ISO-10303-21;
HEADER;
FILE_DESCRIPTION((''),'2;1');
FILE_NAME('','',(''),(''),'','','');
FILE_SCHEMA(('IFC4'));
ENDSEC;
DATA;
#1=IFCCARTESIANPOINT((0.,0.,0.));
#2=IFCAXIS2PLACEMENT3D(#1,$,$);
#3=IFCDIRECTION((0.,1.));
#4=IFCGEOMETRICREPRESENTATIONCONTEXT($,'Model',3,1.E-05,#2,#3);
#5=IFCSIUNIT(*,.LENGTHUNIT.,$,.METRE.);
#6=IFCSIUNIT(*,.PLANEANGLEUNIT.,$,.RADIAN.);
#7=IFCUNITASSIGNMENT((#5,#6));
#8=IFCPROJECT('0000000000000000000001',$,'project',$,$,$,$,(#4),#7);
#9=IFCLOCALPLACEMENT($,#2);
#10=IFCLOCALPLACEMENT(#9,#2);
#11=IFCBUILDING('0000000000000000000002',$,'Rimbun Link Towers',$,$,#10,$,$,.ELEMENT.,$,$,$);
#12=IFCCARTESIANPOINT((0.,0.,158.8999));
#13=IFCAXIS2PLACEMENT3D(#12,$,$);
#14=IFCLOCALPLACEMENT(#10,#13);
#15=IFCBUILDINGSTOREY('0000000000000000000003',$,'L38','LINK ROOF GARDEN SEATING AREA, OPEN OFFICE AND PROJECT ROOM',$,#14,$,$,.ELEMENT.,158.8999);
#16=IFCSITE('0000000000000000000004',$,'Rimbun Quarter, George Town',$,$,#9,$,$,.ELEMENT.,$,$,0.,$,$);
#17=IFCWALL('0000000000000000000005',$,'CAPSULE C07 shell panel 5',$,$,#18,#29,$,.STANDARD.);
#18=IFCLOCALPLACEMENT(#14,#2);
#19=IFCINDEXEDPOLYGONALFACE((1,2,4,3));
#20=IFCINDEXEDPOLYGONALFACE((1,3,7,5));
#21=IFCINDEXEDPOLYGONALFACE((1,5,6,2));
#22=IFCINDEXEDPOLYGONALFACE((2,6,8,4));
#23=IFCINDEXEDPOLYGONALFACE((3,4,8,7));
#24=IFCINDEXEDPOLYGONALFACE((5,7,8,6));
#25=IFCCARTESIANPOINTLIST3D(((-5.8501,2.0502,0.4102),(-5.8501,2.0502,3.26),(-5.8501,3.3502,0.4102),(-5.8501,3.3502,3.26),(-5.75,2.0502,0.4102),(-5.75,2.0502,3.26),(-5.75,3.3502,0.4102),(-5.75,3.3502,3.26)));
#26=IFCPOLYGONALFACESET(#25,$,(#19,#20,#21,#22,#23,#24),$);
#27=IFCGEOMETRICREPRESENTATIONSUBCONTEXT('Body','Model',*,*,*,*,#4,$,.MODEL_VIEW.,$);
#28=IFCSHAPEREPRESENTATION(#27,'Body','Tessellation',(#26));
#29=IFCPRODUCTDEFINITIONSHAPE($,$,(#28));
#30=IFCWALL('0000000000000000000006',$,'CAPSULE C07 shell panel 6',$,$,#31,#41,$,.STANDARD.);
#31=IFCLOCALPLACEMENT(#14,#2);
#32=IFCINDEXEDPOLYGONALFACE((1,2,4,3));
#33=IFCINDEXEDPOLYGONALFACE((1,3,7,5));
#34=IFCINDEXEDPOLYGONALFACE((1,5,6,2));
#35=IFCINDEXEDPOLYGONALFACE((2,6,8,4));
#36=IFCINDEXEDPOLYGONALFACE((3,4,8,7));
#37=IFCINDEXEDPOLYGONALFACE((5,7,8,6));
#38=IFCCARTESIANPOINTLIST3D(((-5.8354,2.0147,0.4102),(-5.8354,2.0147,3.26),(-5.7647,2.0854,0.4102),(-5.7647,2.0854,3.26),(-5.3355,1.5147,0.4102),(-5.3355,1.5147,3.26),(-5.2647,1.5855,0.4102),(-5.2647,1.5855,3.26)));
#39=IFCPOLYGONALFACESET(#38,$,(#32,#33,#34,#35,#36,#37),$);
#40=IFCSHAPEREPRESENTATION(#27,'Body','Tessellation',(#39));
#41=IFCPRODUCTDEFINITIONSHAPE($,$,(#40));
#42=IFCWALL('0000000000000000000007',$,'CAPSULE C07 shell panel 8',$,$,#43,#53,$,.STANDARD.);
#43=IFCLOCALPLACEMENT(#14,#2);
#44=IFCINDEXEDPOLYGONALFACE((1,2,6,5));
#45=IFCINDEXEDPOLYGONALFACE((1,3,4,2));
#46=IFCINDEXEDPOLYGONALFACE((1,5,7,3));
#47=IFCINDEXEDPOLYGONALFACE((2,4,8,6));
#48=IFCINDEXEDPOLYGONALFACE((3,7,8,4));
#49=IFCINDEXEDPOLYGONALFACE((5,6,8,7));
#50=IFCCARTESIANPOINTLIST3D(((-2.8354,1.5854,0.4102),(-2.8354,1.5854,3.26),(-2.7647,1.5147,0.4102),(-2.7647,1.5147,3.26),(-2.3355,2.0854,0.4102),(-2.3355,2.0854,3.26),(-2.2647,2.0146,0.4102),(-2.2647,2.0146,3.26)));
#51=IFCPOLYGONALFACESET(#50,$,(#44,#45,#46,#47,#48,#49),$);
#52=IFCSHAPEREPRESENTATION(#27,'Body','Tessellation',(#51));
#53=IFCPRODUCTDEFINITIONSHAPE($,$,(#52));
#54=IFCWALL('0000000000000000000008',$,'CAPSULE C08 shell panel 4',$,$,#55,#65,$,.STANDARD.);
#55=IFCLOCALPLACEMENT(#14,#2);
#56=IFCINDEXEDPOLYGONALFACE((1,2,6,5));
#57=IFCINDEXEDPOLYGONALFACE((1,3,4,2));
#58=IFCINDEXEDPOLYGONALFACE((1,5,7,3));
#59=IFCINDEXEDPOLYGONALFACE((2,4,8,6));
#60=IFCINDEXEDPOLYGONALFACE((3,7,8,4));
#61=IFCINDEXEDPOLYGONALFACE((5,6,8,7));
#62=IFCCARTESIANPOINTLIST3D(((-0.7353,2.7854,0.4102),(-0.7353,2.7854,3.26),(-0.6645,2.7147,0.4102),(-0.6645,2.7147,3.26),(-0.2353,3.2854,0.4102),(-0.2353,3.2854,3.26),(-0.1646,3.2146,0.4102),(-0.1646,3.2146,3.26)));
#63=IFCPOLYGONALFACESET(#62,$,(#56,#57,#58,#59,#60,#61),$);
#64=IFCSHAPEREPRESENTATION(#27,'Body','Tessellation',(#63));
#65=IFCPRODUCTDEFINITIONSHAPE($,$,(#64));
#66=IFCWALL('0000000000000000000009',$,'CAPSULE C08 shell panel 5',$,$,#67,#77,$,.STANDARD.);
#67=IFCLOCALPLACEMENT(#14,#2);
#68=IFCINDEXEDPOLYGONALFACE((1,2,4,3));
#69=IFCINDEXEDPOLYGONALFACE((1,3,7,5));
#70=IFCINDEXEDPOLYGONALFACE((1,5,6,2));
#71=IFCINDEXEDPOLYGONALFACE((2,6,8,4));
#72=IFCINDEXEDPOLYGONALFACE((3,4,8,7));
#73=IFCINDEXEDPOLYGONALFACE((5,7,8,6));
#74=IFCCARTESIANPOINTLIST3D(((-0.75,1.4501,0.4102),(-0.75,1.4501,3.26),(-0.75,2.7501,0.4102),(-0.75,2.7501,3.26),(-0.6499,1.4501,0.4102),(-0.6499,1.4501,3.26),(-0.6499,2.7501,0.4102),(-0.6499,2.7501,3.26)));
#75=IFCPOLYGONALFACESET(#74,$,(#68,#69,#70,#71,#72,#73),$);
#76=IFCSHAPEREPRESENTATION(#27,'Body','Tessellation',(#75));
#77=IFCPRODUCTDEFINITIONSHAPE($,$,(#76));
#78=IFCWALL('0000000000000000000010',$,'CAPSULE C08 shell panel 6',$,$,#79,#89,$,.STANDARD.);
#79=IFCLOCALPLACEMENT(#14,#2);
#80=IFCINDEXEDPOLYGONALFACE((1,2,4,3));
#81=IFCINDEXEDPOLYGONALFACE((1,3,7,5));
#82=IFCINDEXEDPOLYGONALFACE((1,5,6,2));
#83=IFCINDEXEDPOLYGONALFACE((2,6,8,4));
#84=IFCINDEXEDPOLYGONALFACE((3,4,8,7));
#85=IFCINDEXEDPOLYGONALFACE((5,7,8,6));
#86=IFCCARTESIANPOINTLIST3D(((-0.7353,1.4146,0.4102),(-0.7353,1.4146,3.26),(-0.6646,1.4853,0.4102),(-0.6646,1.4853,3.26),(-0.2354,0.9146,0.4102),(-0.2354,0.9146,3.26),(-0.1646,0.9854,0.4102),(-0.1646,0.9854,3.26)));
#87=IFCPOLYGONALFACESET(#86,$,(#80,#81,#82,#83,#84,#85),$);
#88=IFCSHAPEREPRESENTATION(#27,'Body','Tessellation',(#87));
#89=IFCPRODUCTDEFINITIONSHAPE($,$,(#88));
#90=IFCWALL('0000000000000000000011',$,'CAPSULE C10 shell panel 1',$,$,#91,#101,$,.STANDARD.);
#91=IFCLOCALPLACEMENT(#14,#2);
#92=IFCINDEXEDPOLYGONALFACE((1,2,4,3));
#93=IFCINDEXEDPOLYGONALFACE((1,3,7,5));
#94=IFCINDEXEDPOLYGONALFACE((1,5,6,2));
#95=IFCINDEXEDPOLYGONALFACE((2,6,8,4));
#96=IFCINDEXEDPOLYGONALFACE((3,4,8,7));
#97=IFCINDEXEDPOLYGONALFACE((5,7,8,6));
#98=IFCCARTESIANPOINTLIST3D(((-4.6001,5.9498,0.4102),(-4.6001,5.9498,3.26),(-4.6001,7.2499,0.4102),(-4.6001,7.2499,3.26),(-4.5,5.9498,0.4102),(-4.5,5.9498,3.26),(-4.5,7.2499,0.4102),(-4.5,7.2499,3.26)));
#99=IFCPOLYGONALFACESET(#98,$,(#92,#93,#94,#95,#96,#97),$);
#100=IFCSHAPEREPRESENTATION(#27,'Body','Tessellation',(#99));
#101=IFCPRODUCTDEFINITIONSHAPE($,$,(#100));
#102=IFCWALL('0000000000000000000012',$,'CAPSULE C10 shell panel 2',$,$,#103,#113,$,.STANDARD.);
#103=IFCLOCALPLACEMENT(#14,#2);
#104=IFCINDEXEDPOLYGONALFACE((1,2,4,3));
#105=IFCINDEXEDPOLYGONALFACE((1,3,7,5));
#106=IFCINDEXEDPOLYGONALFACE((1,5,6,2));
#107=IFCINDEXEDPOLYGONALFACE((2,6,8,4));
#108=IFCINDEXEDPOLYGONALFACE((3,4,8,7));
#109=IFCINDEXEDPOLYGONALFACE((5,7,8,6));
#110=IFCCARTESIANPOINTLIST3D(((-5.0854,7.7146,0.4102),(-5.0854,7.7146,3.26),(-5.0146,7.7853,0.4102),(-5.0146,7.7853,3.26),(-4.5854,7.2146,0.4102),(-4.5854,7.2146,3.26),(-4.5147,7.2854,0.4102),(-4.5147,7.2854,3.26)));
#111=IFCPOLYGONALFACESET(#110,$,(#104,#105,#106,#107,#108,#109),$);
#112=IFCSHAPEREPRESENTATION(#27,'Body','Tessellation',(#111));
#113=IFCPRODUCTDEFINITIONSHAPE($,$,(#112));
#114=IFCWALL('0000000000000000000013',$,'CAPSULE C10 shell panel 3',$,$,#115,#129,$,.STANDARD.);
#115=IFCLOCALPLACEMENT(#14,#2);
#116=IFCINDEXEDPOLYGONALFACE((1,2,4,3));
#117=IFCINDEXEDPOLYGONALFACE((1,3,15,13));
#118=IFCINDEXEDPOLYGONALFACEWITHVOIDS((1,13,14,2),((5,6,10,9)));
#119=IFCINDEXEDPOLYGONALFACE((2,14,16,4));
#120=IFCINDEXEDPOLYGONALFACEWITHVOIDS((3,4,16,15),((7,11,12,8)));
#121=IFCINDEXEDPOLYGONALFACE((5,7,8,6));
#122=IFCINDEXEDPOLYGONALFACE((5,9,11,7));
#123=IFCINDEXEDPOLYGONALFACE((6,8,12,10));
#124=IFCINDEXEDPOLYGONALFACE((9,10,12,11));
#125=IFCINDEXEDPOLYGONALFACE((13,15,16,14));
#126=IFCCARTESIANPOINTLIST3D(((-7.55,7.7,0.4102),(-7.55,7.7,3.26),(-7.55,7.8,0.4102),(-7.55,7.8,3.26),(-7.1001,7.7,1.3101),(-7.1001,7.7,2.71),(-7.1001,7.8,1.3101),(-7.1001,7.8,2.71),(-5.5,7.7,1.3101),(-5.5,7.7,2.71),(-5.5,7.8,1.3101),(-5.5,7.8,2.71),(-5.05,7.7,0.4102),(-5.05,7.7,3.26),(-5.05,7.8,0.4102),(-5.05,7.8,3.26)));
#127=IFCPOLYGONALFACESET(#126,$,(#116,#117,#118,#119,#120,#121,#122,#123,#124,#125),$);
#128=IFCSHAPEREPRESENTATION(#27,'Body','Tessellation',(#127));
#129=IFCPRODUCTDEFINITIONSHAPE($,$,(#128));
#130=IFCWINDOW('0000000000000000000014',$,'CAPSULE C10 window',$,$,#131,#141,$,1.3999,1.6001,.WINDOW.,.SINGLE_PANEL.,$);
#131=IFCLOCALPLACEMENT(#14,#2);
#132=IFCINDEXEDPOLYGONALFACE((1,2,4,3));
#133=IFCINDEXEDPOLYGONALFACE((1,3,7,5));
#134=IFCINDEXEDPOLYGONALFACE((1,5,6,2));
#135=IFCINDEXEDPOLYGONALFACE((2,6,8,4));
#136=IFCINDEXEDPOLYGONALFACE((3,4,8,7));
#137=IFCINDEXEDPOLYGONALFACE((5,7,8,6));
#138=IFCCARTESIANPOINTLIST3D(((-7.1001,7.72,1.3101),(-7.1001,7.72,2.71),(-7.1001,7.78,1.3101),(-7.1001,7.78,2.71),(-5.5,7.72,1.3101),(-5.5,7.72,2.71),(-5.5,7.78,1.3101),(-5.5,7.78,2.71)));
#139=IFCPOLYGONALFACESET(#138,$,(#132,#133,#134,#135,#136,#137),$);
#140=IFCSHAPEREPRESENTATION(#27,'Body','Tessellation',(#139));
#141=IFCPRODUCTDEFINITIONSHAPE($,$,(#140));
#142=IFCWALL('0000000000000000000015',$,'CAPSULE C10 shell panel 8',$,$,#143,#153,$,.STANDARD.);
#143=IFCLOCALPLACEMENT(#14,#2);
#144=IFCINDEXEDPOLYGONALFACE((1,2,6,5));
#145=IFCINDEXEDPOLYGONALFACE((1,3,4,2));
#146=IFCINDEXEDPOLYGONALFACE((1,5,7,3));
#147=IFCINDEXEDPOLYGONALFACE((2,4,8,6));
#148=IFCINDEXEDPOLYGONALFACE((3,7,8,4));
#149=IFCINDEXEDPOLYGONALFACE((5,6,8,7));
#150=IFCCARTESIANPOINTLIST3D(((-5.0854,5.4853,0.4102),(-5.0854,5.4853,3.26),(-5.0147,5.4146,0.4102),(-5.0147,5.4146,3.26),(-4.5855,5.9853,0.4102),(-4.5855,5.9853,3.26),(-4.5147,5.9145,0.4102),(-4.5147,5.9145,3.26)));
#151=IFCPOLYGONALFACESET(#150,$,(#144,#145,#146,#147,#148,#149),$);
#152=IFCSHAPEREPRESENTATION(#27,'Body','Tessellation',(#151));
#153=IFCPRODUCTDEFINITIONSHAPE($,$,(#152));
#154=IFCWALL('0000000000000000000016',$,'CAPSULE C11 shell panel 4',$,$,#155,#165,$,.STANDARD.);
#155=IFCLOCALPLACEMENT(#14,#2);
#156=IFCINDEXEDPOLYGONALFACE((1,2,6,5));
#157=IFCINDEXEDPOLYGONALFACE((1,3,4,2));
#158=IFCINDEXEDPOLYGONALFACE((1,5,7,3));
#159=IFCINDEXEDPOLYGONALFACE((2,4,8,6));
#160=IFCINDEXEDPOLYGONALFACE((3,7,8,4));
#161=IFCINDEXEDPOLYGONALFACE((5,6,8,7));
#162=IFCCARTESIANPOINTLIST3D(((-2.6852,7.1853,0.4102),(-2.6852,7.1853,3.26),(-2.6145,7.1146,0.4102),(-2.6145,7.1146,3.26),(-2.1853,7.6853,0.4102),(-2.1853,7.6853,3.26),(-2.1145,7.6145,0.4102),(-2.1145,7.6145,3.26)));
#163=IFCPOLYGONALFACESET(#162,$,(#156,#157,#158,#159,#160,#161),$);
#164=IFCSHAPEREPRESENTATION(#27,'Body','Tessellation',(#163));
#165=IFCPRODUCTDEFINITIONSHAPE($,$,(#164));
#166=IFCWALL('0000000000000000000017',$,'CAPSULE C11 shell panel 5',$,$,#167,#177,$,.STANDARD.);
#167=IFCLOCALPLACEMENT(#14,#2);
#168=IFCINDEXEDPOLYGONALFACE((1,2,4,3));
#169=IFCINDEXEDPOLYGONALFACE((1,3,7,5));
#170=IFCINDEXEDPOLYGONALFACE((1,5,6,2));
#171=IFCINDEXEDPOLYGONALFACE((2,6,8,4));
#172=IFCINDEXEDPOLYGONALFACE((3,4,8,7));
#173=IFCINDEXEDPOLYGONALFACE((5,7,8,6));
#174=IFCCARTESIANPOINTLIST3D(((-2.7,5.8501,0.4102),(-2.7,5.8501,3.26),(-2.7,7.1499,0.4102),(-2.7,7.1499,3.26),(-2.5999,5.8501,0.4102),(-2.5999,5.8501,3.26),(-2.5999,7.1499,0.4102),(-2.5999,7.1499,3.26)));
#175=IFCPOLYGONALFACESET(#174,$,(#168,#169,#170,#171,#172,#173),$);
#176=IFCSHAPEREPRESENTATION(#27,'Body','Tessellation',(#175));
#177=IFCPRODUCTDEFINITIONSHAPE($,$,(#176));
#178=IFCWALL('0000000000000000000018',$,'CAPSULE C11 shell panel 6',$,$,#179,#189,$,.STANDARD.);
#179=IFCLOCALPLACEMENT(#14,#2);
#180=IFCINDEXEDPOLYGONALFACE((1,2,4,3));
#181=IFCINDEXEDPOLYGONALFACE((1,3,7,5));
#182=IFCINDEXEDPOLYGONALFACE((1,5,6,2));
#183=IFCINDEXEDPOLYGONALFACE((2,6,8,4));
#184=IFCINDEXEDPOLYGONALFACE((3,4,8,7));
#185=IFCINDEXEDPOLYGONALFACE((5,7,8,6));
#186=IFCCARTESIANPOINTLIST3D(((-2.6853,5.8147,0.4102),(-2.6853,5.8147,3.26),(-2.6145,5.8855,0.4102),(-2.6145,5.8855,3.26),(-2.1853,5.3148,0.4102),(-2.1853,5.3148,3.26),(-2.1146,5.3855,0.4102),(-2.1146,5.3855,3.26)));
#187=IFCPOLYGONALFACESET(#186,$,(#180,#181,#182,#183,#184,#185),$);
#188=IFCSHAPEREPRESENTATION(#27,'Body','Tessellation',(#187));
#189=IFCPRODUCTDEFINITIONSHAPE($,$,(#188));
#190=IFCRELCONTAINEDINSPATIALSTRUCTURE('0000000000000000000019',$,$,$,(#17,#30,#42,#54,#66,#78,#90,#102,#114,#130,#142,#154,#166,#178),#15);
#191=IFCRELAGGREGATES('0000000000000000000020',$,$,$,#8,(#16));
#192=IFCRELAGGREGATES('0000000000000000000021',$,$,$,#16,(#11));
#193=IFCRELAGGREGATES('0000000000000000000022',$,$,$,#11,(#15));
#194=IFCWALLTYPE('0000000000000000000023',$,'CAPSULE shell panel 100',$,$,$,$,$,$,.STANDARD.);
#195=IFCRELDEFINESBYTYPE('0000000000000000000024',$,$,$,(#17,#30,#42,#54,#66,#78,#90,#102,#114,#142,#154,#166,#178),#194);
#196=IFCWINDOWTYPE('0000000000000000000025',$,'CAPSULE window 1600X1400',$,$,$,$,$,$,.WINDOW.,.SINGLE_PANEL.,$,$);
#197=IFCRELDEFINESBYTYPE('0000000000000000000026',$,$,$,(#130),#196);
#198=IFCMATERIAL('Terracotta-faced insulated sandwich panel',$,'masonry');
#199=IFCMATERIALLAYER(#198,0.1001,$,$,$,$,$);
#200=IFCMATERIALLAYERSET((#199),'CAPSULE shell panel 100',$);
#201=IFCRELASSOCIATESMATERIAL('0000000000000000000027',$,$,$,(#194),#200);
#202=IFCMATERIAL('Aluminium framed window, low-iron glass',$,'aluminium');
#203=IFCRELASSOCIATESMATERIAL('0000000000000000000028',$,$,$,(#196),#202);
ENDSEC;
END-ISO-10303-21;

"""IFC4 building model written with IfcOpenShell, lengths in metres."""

from ifc_helpers import new_model, si_unit, direction, frame, frame_2d, origin, place, context, subcontext, project, spatial, rectangle, extrude, material, layer, layer_set, type_object, element, fill, save


model = new_model("IFC4")

# Units and contexts
model_context = context("Model", 3, precision=1e-05, world=origin(), true_north=direction((0.0, 1.0)))
body_context = subcontext(model_context, "Body", "Model", "MODEL_VIEW")
ifc_project = project(units=[si_unit("LENGTHUNIT", "METRE"), si_unit("PLANEANGLEUNIT", "RADIAN")], contexts=[model_context])

# Site, building, storey
site_placement = place(None, origin())
site = spatial("IfcSite", under=ifc_project, at=site_placement, Name="Rimbun Quarter, George Town", CompositionType="ELEMENT", RefElevation=0.0)
building_placement = place(site_placement, origin())
building = spatial("IfcBuilding", under=site, at=building_placement, Name="Rimbun Link Towers", CompositionType="ELEMENT")
storey_placement = place(building_placement, frame((0.0, 0.0, 158.8999)))
storey = spatial("IfcBuildingStorey", under=building, at=storey_placement, Name="L38", Description="LINK ROOF GARDEN SEATING AREA, OPEN OFFICE AND PROJECT ROOM", CompositionType="ELEMENT", Elevation=158.8999)

# Shared definitions
ifc_material_1 = material(Name="Terracotta-faced insulated sandwich panel", Category="masonry")
ifc_layer_1 = layer(ifc_material_1, 0.1001)
ifc_layer_set_1 = layer_set([ifc_layer_1], Name="CAPSULE shell panel 100")
wall_type_1 = type_object("IfcWallType", Name="CAPSULE shell panel 100", PredefinedType="STANDARD", material=ifc_layer_set_1)

# Shared definitions
ifc_material_2 = material(Name="Aluminium framed window, low-iron glass", Category="aluminium")
window_type = type_object("IfcWindowType", Name="CAPSULE window 1600X1400", PartitioningType="SINGLE_PANEL", PredefinedType="WINDOW", material=ifc_material_2)

# Walls
wall_1_placement = place(storey_placement, frame((-5.8, 3.3501, 0.4102), z_axis=(0.0, 0.0, 1.0), x_axis=(0.0, -1.0, 0.0)))
element("IfcWall", 1, at=wall_1_placement, inside=storey, type_object=wall_type_1, Name="CAPSULE C07 shell panel 5", PredefinedType="STANDARD", context=body_context, shape_type="SweptSolid", body=[
    extrude(rectangle(XDim=1.3, YDim=0.1001, at=frame_2d((0.6499, 0.0))), origin(), (0.0, 0.0, 1.0), 2.8499),
])
for number, where, z_axis, x_axis, name in (
    (2, (-5.8, 2.05, 0.4102), (0.0, 0.0, 1.0), (0.707107, -0.707107, 0.0), "CAPSULE C07 shell panel 6"),
    (3, (-2.8, 1.55, 0.4102), (0.0, 0.0, 1.0), (0.707107, 0.707107, 0.0), "CAPSULE C07 shell panel 8"),
    (4, (-0.2, 3.25, 0.4102), (0.0, 0.0, 1.0), (-0.707107, -0.707107, 0.0), "CAPSULE C08 shell panel 4"),
):
    element("IfcWall", number, at=place(storey_placement, frame(where, z_axis=z_axis, x_axis=x_axis)), inside=storey, type_object=wall_type_1, Name=name, PredefinedType="STANDARD", context=body_context, shape_type="SweptSolid", body=[
        extrude(rectangle(XDim=0.707, YDim=0.1001, at=frame_2d((0.3535, 0.0))), origin(), (0.0, 0.0, 1.0), 2.8499),
    ])
wall_2_placement = place(storey_placement, frame((-0.7, 2.75, 0.4102), z_axis=(0.0, 0.0, 1.0), x_axis=(0.0, -1.0, 0.0)))
element("IfcWall", 5, at=wall_2_placement, inside=storey, type_object=wall_type_1, Name="CAPSULE C08 shell panel 5", PredefinedType="STANDARD", context=body_context, shape_type="SweptSolid", body=[
    extrude(rectangle(XDim=1.3, YDim=0.1001, at=frame_2d((0.6499, 0.0))), origin(), (0.0, 0.0, 1.0), 2.8499),
])
wall_3_placement = place(storey_placement, frame((-0.7, 1.45, 0.4102), z_axis=(0.0, 0.0, 1.0), x_axis=(0.707107, -0.707107, 0.0)))
element("IfcWall", 6, at=wall_3_placement, inside=storey, type_object=wall_type_1, Name="CAPSULE C08 shell panel 6", PredefinedType="STANDARD", context=body_context, shape_type="SweptSolid", body=[
    extrude(rectangle(XDim=0.707, YDim=0.1001, at=frame_2d((0.3535, 0.0))), origin(), (0.0, 0.0, 1.0), 2.8499),
])
wall_4_placement = place(storey_placement, frame((-4.55, 5.95, 0.4102), z_axis=(0.0, 0.0, 1.0), x_axis=(0.0, 1.0, 0.0)))
element("IfcWall", 7, at=wall_4_placement, inside=storey, type_object=wall_type_1, Name="CAPSULE C10 shell panel 1", PredefinedType="STANDARD", context=body_context, shape_type="SweptSolid", body=[
    extrude(rectangle(XDim=1.3, YDim=0.1001, at=frame_2d((0.6499, 0.0))), origin(), (0.0, 0.0, 1.0), 2.8499),
])
wall_5_placement = place(storey_placement, frame((-4.55, 7.25, 0.4102), z_axis=(0.0, 0.0, 1.0), x_axis=(-0.707107, 0.707107, 0.0)))
element("IfcWall", 8, at=wall_5_placement, inside=storey, type_object=wall_type_1, Name="CAPSULE C10 shell panel 2", PredefinedType="STANDARD", context=body_context, shape_type="SweptSolid", body=[
    extrude(rectangle(XDim=0.707, YDim=0.1001, at=frame_2d((0.3535, 0.0))), origin(), (0.0, 0.0, 1.0), 2.8499),
])

# Wall, opening, window
wall_6_placement = place(storey_placement, frame((-5.05, 7.75, 0.4102), z_axis=(0.0, 0.0, 1.0), x_axis=(-1.0, 0.0, 0.0)))
wall_6 = element("IfcWall", 9, at=wall_6_placement, inside=storey, type_object=wall_type_1, Name="CAPSULE C10 shell panel 3", PredefinedType="STANDARD", context=body_context, shape_type="SweptSolid", body=[
    extrude(rectangle(XDim=2.5, YDim=0.1001, at=frame_2d((1.25, 0.0))), origin(), (0.0, 0.0, 1.0), 2.8499),
])
opening_1_placement = place(wall_6_placement, frame((0.45, 0.0, 0.8999)))
opening_1 = element("IfcOpeningElement", 10, at=opening_1_placement, cuts=wall_6, PredefinedType="OPENING", context=body_context, shape_type="SweptSolid", body=[
    extrude(rectangle(XDim=1.6001, YDim=1.3999, at=frame_2d((0.8, 0.7))), frame((0.0, 0.0601, 0.0), z_axis=(0.0, -1.0, 0.0), x_axis=(1.0, 0.0, 0.0)), (0.0, 0.0, 1.0), 0.1201),
])
window_1_placement = place(opening_1_placement, origin())
window_1 = element("IfcWindow", 11, at=window_1_placement, inside=storey, type_object=window_type, Name="CAPSULE C10 window", OverallHeight=1.3999, OverallWidth=1.6001, PartitioningType="SINGLE_PANEL", PredefinedType="WINDOW", context=body_context, shape_type="SweptSolid", body=[
    extrude(rectangle(XDim=1.6001, YDim=1.3999, at=frame_2d((0.8, 0.7))), frame((0.0, 0.03, 0.0), z_axis=(0.0, -1.0, 0.0), x_axis=(1.0, 0.0, 0.0)), (0.0, 0.0, 1.0), 0.0601),
])
fill(opening_1, window_1)

# Walls
for number, where, z_axis, x_axis, name in (
    (12, (-5.05, 5.45, 0.4102), (0.0, 0.0, 1.0), (0.707107, 0.707107, 0.0), "CAPSULE C10 shell panel 8"),
    (13, (-2.1499, 7.6499, 0.4102), (0.0, 0.0, 1.0), (-0.707107, -0.707107, 0.0), "CAPSULE C11 shell panel 4"),
):
    element("IfcWall", number, at=place(storey_placement, frame(where, z_axis=z_axis, x_axis=x_axis)), inside=storey, type_object=wall_type_1, Name=name, PredefinedType="STANDARD", context=body_context, shape_type="SweptSolid", body=[
        extrude(rectangle(XDim=0.707, YDim=0.1001, at=frame_2d((0.3535, 0.0))), origin(), (0.0, 0.0, 1.0), 2.8499),
    ])
wall_7_placement = place(storey_placement, frame((-2.6499, 7.1499, 0.4102), z_axis=(0.0, 0.0, 1.0), x_axis=(0.0, -1.0, 0.0)))
element("IfcWall", 14, at=wall_7_placement, inside=storey, type_object=wall_type_1, Name="CAPSULE C11 shell panel 5", PredefinedType="STANDARD", context=body_context, shape_type="SweptSolid", body=[
    extrude(rectangle(XDim=1.2998, YDim=0.1001, at=frame_2d((0.6499, 0.0))), origin(), (0.0, 0.0, 1.0), 2.8499),
])
wall_8_placement = place(storey_placement, frame((-2.6499, 5.8501, 0.4102), z_axis=(0.0, 0.0, 1.0), x_axis=(0.707107, -0.707107, 0.0)))
element("IfcWall", 15, at=wall_8_placement, inside=storey, type_object=wall_type_1, Name="CAPSULE C11 shell panel 6", PredefinedType="STANDARD", context=body_context, shape_type="SweptSolid", body=[
    extrude(rectangle(XDim=0.707, YDim=0.1001, at=frame_2d((0.3535, 0.0))), origin(), (0.0, 0.0, 1.0), 2.8499),
])

save(model, "model.ifc")
